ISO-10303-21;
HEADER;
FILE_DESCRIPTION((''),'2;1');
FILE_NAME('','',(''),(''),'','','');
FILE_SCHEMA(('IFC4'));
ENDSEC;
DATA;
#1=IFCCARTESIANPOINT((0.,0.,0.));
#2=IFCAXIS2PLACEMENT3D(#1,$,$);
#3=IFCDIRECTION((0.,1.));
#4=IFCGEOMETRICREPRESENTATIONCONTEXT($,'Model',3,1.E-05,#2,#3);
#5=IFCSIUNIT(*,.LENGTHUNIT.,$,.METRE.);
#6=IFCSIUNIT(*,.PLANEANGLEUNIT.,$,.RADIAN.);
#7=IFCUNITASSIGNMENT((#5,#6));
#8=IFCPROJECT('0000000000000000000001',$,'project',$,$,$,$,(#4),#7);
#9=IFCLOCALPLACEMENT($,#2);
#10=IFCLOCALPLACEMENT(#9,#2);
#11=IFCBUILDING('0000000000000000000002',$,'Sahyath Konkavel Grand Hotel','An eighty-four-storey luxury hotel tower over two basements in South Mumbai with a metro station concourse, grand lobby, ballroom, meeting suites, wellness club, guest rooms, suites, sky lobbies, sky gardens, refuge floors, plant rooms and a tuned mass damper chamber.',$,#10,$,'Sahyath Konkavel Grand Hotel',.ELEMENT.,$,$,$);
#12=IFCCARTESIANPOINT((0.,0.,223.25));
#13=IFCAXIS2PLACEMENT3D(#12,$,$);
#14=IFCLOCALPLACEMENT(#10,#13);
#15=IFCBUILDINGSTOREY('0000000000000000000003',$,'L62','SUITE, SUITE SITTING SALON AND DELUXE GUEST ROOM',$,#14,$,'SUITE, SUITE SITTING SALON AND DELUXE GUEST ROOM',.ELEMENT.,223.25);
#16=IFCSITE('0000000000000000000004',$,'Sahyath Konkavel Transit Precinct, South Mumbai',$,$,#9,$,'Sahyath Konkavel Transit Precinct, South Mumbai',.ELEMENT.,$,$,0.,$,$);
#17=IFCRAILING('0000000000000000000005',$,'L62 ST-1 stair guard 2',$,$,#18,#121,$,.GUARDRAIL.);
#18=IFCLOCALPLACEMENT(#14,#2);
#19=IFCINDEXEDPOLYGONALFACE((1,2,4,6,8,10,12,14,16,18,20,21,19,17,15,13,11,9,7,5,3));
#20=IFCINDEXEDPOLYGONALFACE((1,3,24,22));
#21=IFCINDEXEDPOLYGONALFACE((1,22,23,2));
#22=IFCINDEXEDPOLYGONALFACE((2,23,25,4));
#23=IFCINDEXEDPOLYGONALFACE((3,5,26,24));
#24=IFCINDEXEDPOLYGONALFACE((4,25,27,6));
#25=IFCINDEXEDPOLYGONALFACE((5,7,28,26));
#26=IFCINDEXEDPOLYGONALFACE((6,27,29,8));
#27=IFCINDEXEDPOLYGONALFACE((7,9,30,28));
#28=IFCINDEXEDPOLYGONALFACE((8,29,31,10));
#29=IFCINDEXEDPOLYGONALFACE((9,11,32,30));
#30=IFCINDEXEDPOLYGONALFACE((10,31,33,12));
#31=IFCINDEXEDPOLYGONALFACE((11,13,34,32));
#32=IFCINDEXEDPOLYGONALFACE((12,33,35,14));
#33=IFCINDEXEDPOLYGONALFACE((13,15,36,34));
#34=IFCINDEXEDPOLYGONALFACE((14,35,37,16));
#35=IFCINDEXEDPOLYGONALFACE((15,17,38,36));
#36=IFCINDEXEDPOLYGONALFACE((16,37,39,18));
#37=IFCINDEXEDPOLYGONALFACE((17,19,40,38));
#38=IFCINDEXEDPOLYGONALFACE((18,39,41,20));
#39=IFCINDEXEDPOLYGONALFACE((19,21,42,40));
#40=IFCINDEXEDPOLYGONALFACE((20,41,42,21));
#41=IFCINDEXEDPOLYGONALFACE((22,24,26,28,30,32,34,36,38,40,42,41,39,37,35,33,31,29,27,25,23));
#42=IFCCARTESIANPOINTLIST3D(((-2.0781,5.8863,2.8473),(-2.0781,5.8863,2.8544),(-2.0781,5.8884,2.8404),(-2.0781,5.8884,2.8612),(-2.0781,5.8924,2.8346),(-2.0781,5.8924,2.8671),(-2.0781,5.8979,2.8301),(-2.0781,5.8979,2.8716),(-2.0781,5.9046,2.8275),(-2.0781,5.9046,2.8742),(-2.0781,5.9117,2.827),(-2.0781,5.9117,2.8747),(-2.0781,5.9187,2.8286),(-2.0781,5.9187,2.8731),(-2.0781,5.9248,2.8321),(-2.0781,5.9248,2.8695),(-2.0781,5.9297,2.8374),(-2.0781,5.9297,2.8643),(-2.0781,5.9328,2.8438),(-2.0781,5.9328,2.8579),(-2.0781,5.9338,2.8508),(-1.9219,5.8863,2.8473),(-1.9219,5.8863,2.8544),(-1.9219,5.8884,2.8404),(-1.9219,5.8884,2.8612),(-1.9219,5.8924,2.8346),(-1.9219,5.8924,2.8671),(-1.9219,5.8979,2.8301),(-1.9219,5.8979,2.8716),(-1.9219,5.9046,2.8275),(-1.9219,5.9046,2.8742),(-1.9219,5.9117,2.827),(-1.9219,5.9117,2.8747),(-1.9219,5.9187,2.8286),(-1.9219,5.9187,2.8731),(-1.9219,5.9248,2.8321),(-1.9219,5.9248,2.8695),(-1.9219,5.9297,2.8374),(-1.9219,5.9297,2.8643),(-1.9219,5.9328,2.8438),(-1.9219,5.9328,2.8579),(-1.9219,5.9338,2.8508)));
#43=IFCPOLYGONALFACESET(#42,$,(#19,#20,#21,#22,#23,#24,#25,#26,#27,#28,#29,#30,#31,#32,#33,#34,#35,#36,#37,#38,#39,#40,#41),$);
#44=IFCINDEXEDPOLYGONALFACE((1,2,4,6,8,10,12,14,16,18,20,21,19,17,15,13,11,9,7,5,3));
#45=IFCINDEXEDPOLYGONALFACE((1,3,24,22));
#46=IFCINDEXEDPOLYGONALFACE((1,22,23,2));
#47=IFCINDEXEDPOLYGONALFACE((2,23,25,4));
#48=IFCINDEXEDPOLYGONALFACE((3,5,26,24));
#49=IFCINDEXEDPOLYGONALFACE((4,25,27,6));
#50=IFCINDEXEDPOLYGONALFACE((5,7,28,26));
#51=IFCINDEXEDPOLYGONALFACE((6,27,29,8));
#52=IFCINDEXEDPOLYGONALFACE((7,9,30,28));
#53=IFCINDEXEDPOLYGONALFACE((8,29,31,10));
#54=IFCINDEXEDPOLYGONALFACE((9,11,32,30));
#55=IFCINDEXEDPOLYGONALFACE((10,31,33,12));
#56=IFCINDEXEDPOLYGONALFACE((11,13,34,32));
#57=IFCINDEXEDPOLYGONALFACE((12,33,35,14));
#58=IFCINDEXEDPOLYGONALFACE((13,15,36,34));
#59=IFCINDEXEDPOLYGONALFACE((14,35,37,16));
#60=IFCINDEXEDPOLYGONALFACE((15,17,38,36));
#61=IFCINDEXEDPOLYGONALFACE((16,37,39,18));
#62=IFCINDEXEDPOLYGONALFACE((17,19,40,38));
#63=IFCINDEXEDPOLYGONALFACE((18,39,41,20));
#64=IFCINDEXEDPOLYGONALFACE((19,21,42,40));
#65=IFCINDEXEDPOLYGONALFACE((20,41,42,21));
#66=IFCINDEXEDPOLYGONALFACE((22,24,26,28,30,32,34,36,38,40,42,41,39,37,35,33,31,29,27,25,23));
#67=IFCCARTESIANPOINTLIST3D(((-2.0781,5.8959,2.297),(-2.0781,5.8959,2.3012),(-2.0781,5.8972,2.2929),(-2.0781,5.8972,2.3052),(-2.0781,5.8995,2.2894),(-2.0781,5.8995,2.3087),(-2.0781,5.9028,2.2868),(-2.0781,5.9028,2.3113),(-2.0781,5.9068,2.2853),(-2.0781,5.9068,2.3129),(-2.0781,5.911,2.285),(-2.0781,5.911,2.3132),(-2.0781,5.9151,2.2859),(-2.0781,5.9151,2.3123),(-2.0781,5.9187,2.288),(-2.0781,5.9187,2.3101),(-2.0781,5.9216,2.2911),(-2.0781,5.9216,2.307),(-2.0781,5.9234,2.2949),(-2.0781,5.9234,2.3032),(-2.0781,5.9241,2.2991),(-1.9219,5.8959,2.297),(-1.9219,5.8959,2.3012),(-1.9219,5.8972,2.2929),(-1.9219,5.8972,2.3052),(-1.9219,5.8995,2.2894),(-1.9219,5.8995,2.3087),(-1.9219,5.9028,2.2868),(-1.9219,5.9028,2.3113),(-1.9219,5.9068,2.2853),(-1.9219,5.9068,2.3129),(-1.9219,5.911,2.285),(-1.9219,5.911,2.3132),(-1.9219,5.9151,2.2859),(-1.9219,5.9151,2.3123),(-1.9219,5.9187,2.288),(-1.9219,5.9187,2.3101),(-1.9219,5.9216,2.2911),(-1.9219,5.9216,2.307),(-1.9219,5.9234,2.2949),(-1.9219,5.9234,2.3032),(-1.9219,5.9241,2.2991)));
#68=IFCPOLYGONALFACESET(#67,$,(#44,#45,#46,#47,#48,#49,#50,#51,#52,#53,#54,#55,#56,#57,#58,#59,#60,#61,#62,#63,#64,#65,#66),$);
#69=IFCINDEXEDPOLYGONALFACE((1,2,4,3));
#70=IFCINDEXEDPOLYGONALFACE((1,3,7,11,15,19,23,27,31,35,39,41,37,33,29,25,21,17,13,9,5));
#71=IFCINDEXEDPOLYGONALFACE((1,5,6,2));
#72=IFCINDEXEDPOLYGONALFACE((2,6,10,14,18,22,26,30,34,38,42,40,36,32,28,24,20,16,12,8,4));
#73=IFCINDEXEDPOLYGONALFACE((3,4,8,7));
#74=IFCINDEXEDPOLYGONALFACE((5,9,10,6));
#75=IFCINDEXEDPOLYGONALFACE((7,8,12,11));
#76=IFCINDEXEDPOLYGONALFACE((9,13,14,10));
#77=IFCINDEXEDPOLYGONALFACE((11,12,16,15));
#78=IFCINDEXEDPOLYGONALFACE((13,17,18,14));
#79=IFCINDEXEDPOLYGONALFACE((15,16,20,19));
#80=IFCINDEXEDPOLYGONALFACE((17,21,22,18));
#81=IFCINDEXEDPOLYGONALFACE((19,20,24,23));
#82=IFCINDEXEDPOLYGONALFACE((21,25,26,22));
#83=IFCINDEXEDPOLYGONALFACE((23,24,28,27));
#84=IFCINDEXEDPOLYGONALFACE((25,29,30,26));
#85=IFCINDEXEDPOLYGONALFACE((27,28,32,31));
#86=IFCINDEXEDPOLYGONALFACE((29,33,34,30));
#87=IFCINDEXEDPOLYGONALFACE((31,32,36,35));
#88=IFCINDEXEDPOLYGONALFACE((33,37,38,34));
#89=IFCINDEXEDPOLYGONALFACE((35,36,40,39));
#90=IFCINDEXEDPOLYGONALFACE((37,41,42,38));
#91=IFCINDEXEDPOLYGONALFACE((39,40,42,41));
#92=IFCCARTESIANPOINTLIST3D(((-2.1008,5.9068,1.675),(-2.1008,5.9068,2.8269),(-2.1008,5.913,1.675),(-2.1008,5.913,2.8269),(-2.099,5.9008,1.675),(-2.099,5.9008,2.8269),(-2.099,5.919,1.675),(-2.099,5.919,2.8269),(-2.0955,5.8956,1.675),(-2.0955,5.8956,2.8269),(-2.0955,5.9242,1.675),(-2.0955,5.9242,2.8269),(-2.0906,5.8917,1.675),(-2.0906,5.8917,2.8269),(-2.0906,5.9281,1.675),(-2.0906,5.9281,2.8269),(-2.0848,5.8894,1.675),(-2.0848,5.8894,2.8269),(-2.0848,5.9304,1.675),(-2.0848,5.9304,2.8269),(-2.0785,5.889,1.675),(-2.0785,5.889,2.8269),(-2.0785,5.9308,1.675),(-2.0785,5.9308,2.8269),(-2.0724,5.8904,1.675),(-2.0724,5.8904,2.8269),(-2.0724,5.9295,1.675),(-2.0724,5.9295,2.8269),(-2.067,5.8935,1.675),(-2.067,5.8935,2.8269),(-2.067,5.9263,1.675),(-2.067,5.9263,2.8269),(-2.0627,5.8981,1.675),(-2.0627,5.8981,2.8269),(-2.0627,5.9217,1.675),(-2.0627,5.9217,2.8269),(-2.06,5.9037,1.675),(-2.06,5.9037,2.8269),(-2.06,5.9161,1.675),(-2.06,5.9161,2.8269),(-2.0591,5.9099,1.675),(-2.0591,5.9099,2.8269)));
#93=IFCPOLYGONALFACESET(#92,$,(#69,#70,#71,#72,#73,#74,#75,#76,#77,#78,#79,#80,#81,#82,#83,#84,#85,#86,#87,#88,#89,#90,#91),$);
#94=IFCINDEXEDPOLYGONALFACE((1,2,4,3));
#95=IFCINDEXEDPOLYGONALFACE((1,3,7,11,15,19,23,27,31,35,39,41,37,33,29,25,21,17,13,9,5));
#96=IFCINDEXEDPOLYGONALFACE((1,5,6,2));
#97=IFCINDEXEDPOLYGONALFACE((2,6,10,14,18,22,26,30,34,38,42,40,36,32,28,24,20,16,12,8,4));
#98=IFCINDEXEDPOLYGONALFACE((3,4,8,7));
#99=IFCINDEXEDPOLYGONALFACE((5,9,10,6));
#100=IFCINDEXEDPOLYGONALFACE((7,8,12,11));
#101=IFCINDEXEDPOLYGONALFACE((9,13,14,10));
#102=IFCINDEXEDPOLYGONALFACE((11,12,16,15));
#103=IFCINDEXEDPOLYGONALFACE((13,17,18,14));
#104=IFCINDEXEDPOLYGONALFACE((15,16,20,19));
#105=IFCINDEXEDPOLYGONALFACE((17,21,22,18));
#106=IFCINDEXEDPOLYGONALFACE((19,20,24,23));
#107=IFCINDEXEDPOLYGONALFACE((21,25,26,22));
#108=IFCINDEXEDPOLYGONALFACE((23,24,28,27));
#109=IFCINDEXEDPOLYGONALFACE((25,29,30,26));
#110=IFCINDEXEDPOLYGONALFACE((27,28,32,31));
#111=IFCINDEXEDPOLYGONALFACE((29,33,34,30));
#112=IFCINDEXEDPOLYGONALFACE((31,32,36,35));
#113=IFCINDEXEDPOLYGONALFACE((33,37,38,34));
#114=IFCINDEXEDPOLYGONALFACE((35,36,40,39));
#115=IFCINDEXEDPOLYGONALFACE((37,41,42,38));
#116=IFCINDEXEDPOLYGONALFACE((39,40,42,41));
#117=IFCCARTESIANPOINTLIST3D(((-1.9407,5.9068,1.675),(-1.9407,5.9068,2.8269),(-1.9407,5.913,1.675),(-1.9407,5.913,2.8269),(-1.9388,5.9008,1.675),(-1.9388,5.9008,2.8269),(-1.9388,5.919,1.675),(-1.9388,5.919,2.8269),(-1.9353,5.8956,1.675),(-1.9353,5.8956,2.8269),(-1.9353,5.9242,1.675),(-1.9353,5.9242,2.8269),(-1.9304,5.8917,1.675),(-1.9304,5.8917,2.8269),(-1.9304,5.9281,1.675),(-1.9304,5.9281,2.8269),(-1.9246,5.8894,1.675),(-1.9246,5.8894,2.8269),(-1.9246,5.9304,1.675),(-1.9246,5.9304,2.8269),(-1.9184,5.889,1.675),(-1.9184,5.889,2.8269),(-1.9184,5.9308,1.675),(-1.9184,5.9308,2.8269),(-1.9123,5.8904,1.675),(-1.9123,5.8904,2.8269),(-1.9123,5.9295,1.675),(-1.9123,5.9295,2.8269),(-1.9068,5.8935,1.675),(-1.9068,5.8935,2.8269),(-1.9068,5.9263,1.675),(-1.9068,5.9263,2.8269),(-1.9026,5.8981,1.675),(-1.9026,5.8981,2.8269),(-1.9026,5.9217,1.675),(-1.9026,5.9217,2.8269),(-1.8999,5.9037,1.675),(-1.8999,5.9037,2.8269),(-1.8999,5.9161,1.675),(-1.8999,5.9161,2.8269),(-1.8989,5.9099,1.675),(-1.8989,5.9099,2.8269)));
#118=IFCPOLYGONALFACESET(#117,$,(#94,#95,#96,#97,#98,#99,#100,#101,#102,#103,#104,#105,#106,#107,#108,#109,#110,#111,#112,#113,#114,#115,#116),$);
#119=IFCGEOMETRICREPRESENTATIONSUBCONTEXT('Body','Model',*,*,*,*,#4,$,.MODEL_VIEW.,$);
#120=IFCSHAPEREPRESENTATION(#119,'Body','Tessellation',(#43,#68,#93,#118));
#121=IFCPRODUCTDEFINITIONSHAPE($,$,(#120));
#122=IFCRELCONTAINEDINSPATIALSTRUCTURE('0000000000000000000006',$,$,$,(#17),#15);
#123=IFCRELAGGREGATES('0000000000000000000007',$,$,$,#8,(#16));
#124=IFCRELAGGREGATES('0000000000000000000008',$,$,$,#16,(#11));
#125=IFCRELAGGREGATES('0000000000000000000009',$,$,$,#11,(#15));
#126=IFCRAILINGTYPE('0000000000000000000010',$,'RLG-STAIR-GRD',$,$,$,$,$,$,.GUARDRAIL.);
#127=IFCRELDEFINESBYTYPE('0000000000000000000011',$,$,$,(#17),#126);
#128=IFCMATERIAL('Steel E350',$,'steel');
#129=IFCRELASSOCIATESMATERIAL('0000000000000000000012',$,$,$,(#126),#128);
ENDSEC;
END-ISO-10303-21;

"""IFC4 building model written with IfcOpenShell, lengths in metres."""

from ifc_helpers import new_model, si_unit, direction, frame, origin, origin_2d, place, context, subcontext, project, spatial, circle, extrude, material, type_object, element, save


model = new_model("IFC4")

# Units and contexts
model_context = context("Model", 3, precision=1e-05, world=origin(), true_north=direction((0.0, 1.0)))
body_context = subcontext(model_context, "Body", "Model", "MODEL_VIEW")
ifc_project = project(units=[si_unit("LENGTHUNIT", "METRE"), si_unit("PLANEANGLEUNIT", "RADIAN")], contexts=[model_context])

# Site, building, storey
site_placement = place(None, origin())
site = spatial("IfcSite", under=ifc_project, at=site_placement, Name="Sahyath Konkavel Transit Precinct, South Mumbai", LongName="Sahyath Konkavel Transit Precinct, South Mumbai", CompositionType="ELEMENT", RefElevation=0.0)
building_placement = place(site_placement, origin())
building = spatial("IfcBuilding", under=site, at=building_placement, Name="Sahyath Konkavel Grand Hotel", Description="An eighty-four-storey luxury hotel tower over two basements in South Mumbai with a metro station concourse, grand lobby, ballroom, meeting suites, wellness club, guest rooms, suites, sky lobbies, sky gardens, refuge floors, plant rooms and a tuned mass damper chamber.", LongName="Sahyath Konkavel Grand Hotel", CompositionType="ELEMENT")
storey_placement = place(building_placement, frame((0.0, 0.0, 223.25)))
storey = spatial("IfcBuildingStorey", under=building, at=storey_placement, Name="L62", Description="SUITE, SUITE SITTING SALON AND DELUXE GUEST ROOM", LongName="SUITE, SUITE SITTING SALON AND DELUXE GUEST ROOM", CompositionType="ELEMENT", Elevation=223.25)

# Shared definitions
ifc_material_1 = material(Name="Steel E350", Category="steel")

# Railing
railing_type_1 = type_object("IfcRailingType", Name="RLG-STAIR-GRD", PredefinedType="GUARDRAIL", material=ifc_material_1)
railing_1_placement = place(storey_placement, frame((-2.0801, 5.9099, 1.675)))
element("IfcRailing", 1, at=railing_1_placement, inside=storey, type_object=railing_type_1, Name="L62 ST-1 stair guard 2", PredefinedType="GUARDRAIL", context=body_context, shape_type="SweptSolid", body=[
    extrude(circle(Radius=0.0239, at=origin_2d()), frame((0.002, 0.0, 1.1758), z_axis=(1.0, 0.0, 0.0), x_axis=(0.0, 1.0, 0.0)), (0.0, 0.0, 1.0), 0.1562),
    extrude(circle(Radius=0.0142, at=origin_2d()), frame((0.002, 0.0, 0.624), z_axis=(1.0, 0.0, 0.0), x_axis=(0.0, 1.0, 0.0)), (0.0, 0.0, 1.0), 0.1562),
    extrude(circle(Radius=0.021, at=origin_2d()), origin(), (0.0, 0.0, 1.0), 1.1519),
    extrude(circle(Radius=0.021, at=origin_2d()), frame((0.1602, 0.0, 0.0)), (0.0, 0.0, 1.0), 1.1519),
])

save(model, "model.ifc")
